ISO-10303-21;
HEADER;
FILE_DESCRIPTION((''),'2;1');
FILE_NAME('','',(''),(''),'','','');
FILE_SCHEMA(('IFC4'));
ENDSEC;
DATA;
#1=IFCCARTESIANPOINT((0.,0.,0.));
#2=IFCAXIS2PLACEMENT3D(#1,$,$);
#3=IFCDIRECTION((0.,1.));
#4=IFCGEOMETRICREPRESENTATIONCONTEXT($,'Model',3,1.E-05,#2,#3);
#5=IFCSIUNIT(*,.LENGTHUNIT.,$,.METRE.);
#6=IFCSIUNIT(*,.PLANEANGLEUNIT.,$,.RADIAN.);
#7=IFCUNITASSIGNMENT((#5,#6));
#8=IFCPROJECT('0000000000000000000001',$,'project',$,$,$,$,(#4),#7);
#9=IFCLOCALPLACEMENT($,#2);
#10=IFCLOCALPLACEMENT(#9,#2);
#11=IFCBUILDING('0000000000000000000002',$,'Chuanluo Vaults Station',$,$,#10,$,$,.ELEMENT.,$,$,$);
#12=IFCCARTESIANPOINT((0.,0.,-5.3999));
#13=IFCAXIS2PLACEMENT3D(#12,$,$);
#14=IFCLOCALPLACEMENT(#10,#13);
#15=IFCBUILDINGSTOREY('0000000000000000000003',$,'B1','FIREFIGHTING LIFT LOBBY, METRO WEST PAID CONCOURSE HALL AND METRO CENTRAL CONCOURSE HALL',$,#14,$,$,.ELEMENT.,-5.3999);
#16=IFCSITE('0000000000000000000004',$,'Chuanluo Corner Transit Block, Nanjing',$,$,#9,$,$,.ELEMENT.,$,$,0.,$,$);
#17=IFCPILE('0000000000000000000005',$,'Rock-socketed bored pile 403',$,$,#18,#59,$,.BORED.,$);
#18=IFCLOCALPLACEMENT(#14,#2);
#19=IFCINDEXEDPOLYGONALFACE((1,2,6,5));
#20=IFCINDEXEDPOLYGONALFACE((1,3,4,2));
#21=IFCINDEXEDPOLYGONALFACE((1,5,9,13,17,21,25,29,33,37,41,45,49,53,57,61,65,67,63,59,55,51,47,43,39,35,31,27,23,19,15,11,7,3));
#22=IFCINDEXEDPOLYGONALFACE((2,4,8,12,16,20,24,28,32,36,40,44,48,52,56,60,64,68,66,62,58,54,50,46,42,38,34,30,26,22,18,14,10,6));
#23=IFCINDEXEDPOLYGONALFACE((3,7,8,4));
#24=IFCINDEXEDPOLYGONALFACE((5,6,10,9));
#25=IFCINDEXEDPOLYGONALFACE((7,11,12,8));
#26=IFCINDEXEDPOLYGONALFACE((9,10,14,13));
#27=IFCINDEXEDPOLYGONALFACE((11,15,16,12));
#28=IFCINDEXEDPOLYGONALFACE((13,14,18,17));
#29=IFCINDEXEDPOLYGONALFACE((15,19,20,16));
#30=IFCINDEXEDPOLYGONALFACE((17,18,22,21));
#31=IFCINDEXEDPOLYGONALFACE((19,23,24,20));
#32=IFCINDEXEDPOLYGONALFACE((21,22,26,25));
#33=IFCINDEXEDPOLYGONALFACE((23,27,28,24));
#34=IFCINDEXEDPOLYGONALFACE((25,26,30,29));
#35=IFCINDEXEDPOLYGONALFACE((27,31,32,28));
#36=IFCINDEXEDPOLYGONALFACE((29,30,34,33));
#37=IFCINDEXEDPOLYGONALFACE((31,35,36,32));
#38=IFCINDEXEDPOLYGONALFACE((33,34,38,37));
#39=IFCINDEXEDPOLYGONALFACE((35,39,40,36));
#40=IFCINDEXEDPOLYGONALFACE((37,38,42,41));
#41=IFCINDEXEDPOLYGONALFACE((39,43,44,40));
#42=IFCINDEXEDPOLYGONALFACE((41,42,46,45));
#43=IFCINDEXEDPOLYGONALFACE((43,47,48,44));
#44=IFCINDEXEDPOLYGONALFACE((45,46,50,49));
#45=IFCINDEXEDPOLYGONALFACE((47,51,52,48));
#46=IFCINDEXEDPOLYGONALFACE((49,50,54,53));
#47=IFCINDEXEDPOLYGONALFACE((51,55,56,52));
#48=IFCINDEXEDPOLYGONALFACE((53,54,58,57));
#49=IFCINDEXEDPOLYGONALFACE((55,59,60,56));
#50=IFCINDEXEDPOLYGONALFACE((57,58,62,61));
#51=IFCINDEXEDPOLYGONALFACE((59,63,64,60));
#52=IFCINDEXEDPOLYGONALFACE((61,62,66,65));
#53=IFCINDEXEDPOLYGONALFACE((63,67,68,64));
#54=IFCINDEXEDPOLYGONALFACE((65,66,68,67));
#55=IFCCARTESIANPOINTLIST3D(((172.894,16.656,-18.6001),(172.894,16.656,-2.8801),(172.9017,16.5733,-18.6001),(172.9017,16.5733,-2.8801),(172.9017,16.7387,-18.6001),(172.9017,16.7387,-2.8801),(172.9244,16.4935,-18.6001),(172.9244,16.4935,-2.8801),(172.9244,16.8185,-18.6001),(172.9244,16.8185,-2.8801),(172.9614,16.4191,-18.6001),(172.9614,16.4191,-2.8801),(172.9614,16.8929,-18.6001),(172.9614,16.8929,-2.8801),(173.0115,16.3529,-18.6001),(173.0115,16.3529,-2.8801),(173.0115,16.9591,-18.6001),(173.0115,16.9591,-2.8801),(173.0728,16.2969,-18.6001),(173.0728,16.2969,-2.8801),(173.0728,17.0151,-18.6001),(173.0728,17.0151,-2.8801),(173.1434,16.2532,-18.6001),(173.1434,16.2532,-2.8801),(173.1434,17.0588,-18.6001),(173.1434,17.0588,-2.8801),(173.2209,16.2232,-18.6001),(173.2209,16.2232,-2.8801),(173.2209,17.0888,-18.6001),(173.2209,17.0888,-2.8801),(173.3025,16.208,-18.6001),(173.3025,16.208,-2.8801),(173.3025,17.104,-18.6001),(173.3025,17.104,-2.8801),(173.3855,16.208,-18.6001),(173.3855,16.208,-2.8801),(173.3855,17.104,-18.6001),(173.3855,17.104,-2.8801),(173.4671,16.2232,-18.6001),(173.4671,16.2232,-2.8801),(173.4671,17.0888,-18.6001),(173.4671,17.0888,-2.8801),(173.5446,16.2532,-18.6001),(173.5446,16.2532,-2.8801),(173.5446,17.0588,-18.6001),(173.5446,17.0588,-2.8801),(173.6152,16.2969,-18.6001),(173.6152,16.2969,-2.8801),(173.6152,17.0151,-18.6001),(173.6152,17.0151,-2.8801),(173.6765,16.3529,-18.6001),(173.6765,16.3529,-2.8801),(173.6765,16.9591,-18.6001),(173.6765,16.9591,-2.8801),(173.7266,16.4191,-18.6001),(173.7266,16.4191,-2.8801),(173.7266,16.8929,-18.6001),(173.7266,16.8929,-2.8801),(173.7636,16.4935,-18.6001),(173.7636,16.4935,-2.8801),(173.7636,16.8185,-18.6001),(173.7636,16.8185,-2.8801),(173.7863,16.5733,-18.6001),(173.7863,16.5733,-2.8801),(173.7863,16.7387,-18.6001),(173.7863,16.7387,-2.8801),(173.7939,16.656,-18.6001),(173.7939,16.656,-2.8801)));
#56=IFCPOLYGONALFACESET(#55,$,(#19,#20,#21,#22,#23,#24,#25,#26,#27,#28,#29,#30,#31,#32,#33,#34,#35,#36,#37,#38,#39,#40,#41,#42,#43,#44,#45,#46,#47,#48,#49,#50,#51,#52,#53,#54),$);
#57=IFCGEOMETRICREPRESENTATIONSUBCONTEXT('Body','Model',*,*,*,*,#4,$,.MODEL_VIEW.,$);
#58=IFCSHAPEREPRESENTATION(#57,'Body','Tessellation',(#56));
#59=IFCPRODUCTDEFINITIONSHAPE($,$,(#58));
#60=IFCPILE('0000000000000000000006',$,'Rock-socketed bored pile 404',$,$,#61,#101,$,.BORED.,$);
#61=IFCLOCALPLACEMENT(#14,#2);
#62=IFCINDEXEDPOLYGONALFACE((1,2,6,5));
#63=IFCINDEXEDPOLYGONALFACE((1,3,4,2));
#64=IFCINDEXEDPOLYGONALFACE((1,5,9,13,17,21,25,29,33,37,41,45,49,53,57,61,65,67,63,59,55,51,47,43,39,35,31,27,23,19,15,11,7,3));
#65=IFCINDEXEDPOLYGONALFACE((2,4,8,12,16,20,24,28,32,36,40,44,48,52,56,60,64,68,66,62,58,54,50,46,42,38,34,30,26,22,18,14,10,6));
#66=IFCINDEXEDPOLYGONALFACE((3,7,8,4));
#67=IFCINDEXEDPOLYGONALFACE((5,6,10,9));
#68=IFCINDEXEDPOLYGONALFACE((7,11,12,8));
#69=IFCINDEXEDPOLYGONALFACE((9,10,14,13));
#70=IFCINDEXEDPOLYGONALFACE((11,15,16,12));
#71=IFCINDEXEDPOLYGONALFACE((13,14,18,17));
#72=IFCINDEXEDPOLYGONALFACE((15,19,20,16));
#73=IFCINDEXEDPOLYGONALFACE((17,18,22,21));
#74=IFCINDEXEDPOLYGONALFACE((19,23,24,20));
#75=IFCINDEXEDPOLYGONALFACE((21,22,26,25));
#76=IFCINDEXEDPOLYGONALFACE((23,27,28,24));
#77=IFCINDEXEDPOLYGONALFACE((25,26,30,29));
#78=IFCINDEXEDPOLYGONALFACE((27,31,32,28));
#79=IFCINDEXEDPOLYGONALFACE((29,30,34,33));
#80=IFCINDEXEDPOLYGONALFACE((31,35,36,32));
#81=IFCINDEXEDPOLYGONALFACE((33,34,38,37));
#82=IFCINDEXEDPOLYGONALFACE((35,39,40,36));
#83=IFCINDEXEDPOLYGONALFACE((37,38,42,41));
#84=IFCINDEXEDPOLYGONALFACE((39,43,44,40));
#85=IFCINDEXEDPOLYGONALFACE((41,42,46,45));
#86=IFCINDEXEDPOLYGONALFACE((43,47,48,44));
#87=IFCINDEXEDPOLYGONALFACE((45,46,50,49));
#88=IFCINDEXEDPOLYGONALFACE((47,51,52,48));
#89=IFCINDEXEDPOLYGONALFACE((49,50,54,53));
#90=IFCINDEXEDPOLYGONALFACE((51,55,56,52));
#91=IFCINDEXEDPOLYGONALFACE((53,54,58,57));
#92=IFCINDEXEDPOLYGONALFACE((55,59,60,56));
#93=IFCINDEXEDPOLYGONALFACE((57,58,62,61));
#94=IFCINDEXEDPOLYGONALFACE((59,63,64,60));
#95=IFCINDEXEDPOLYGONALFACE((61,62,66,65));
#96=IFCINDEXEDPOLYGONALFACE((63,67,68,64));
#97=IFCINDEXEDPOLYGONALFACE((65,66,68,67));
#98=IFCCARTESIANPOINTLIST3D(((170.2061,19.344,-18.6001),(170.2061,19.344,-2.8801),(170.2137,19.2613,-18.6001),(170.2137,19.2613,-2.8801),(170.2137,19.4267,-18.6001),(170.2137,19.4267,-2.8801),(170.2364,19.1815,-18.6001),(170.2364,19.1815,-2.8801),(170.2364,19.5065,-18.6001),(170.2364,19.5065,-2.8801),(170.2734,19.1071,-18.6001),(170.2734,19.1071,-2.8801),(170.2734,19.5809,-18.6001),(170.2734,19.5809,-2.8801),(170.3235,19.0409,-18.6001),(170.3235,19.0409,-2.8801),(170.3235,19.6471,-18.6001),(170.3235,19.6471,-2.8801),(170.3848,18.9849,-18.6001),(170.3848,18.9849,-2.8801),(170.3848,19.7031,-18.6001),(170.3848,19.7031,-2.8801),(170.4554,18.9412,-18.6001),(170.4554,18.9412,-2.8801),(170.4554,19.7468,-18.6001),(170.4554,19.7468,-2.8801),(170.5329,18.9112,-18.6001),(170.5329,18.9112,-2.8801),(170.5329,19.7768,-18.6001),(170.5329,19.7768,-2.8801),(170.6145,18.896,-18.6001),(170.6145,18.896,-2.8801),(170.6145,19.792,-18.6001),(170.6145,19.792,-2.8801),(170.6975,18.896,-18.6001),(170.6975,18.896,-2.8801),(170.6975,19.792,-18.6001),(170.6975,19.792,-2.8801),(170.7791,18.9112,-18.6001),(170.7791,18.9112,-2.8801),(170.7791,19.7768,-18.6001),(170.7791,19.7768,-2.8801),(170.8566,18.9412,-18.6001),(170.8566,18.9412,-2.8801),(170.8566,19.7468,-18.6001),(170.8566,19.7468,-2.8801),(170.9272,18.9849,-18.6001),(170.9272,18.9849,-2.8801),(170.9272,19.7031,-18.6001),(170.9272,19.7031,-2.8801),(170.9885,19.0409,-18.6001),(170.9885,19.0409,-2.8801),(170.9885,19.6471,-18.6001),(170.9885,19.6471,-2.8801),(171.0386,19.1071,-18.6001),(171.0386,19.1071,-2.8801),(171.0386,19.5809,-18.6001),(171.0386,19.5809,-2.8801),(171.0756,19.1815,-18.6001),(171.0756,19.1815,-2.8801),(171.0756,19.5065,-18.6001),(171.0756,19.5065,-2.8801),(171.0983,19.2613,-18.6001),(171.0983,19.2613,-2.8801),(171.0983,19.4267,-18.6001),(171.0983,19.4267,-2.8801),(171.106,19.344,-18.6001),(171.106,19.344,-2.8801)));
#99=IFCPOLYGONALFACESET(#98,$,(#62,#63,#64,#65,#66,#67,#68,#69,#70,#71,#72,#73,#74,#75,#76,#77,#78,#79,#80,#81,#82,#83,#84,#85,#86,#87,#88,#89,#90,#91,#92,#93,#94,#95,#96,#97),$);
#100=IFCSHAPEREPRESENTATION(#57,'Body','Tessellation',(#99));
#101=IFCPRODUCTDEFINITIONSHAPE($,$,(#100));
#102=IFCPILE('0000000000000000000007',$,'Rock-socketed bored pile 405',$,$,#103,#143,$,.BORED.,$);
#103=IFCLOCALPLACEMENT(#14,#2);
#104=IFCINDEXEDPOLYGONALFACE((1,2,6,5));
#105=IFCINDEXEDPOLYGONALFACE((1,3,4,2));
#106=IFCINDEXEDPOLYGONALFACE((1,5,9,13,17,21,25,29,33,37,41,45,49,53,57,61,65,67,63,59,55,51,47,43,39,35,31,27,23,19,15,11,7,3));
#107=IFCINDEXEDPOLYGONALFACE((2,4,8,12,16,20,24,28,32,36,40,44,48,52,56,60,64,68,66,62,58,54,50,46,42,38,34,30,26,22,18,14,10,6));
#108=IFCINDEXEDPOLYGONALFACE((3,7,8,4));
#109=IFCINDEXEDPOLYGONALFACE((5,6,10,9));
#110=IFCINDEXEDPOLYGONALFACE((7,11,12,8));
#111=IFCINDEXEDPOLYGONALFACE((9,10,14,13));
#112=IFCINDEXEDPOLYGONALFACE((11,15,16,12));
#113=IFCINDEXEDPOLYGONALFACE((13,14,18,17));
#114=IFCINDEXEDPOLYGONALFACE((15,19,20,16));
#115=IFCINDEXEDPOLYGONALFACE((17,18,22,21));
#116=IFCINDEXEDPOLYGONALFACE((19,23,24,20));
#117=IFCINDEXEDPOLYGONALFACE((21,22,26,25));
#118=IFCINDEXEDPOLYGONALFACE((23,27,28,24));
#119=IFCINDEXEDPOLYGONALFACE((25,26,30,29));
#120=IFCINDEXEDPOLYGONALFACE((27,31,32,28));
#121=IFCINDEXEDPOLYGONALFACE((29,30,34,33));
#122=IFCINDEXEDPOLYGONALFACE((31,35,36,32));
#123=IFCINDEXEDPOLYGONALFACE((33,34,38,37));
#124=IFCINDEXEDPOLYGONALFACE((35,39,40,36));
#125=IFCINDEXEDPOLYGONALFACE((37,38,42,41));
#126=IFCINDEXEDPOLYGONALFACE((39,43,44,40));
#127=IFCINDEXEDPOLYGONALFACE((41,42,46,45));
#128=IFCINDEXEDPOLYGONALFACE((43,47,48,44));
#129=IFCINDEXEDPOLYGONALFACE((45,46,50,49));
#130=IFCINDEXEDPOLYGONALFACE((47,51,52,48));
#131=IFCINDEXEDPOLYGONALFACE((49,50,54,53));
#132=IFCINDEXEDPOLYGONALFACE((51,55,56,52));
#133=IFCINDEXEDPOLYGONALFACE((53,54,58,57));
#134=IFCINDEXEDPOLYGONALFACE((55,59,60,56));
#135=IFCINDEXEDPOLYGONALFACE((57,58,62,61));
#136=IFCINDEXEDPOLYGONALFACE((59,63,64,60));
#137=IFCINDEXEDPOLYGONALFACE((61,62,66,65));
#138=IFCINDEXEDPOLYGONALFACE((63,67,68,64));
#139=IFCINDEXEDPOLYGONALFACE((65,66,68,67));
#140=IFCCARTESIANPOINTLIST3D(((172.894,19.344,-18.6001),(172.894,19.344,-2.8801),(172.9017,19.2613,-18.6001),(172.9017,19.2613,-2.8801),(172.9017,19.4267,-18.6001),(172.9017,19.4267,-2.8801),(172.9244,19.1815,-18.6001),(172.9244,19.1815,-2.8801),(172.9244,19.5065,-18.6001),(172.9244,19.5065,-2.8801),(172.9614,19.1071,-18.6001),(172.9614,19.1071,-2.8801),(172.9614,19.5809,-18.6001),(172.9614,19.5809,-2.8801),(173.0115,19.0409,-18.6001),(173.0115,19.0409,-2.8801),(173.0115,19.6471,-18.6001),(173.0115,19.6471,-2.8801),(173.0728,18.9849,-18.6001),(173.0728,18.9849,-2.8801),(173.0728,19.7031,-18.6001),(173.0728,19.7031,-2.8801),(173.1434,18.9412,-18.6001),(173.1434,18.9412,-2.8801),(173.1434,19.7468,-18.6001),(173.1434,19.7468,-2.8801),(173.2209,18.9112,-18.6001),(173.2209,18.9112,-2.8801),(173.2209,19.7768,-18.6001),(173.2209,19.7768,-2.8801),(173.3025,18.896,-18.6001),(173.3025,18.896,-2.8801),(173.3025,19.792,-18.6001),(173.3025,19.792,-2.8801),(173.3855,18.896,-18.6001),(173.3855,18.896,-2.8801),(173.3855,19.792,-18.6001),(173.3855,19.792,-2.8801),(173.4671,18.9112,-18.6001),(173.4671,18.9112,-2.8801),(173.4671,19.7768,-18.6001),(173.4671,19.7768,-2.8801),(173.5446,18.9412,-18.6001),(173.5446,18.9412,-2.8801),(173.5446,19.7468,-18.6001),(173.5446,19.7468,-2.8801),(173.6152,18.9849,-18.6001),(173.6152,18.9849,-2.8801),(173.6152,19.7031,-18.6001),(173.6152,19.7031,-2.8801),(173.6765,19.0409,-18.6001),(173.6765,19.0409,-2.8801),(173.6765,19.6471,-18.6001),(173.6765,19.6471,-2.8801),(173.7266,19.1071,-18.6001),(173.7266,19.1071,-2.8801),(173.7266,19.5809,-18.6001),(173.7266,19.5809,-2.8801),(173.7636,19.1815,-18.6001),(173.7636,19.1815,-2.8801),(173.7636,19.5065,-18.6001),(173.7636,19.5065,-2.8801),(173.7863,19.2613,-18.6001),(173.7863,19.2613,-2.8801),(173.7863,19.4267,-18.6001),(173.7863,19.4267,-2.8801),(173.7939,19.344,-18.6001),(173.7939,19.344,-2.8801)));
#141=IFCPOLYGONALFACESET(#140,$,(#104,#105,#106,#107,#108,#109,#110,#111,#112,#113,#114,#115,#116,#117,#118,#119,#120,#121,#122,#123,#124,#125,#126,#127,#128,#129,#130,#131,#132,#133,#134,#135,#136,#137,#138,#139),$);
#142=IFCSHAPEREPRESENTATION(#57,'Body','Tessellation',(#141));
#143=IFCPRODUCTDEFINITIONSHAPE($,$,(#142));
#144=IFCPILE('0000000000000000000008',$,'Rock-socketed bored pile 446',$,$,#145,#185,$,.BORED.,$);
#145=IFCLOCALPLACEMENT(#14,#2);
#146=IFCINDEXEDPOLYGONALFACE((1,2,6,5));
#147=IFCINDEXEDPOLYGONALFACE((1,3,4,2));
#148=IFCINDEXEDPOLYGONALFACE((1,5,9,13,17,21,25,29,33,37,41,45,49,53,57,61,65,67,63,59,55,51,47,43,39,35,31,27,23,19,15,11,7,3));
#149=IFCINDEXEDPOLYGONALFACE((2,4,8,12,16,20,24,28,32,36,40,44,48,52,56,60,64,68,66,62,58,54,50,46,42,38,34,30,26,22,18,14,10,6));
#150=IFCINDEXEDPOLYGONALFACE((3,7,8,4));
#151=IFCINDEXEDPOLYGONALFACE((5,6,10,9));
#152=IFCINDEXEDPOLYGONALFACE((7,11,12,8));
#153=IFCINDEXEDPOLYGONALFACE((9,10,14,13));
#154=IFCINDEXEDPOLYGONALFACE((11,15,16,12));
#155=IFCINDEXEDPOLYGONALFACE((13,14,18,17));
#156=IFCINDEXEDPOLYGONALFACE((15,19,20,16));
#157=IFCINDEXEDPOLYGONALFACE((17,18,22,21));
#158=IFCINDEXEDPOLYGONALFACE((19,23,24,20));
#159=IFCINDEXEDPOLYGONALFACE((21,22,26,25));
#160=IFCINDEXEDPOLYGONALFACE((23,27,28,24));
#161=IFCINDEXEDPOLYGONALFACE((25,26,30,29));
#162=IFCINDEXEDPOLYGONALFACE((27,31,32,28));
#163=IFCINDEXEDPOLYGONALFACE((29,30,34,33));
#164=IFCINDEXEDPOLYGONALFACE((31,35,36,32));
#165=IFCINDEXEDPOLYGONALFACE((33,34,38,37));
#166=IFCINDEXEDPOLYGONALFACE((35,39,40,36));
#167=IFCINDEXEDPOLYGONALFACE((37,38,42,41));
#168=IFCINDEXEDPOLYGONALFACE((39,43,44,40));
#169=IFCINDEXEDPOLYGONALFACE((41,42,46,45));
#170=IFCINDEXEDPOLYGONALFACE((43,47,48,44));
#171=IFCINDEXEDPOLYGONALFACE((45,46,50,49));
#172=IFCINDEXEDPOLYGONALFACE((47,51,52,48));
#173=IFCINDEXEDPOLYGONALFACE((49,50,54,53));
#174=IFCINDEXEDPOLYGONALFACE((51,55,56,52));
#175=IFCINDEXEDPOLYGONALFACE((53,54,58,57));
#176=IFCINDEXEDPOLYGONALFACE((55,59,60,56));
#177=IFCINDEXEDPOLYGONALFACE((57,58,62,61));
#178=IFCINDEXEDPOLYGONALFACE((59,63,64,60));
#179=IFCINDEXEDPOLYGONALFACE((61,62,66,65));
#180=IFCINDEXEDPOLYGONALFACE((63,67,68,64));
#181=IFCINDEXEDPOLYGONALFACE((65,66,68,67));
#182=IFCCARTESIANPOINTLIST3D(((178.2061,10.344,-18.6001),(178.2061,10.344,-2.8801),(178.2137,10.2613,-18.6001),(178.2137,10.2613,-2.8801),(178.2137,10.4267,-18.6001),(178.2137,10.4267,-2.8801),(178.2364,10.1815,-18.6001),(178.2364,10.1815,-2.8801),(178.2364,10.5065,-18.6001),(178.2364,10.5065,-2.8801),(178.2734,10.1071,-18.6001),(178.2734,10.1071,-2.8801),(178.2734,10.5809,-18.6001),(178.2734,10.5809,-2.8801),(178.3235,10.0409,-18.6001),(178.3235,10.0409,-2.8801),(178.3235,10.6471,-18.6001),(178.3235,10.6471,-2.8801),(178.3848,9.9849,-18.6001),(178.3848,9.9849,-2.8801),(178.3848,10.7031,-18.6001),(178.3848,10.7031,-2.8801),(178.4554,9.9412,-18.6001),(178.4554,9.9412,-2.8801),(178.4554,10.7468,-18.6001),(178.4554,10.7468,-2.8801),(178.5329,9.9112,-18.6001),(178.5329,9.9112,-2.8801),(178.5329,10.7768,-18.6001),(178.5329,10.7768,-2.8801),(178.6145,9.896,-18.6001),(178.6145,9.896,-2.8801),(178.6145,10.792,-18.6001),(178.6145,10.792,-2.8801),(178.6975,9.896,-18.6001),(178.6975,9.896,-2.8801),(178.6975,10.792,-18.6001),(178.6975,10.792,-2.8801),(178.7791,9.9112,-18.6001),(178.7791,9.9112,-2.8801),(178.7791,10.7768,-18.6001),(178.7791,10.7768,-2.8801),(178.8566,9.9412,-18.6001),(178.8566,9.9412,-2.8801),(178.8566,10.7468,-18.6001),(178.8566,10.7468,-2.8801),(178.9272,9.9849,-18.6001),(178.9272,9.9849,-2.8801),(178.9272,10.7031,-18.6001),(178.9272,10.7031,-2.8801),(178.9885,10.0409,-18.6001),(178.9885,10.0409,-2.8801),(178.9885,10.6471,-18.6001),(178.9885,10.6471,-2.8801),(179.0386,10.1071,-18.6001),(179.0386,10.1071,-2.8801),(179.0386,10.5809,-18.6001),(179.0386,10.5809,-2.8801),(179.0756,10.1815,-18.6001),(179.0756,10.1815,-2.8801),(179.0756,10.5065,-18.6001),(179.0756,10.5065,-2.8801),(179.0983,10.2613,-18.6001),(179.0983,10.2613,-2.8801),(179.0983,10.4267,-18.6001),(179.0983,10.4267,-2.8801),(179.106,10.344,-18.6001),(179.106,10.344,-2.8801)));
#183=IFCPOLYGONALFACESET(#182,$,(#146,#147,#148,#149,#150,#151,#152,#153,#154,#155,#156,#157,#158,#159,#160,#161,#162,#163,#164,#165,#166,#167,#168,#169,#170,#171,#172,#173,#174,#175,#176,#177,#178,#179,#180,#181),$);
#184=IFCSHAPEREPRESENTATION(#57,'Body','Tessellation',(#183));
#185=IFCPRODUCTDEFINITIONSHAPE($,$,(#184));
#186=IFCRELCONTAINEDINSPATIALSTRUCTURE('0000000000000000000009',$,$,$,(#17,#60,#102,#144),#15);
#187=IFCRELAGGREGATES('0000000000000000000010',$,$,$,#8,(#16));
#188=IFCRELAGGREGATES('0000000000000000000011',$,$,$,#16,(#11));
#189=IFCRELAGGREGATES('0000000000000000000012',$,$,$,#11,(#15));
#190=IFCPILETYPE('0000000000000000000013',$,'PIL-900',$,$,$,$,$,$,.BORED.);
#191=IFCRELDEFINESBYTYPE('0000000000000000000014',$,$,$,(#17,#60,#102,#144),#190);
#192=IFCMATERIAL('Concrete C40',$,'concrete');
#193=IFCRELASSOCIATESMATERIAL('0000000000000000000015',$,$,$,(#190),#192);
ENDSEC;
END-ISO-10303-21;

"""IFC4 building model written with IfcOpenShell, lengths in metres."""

from ifc_helpers import new_model, si_unit, direction, frame, origin, origin_2d, place, context, subcontext, project, spatial, circle, extrude, material, material_profile, profile_set, type_object, element, save


model = new_model("IFC4")

# Units and contexts
model_context = context("Model", 3, precision=1e-05, world=origin(), true_north=direction((0.0, 1.0)))
body_context = subcontext(model_context, "Body", "Model", "MODEL_VIEW")
ifc_project = project(units=[si_unit("LENGTHUNIT", "METRE"), si_unit("PLANEANGLEUNIT", "RADIAN")], contexts=[model_context])

# Site, building, storey
site_placement = place(None, origin())
site = spatial("IfcSite", under=ifc_project, at=site_placement, Name="Chuanluo Corner Transit Block, Nanjing", CompositionType="ELEMENT", RefElevation=0.0)
building_placement = place(site_placement, origin())
building = spatial("IfcBuilding", under=site, at=building_placement, Name="Chuanluo Vaults Station", CompositionType="ELEMENT")
storey_placement = place(building_placement, frame((0.0, 0.0, -5.3999)))
storey = spatial("IfcBuildingStorey", under=building, at=storey_placement, Name="B1", Description="FIREFIGHTING LIFT LOBBY, METRO WEST PAID CONCOURSE HALL AND METRO CENTRAL CONCOURSE HALL", CompositionType="ELEMENT", Elevation=-5.3999)

# Piles
ifc_material_1 = material(Name="Concrete C40", Category="concrete")
ifc_material_profile_1 = material_profile(ifc_material_1, circle(Radius=0.45, at=origin_2d()))
ifc_profile_set_1 = profile_set([ifc_material_profile_1], Name="Concrete C40")
pile_type_1 = type_object("IfcPileType", Name="PIL-900", PredefinedType="BORED", material=ifc_profile_set_1)
for number, where, z_axis, x_axis, name in (
    (1, (173.344, 16.656, -2.8801), (0.0, 0.0, -1.0), (1.0, 0.0, 0.0), "Rock-socketed bored pile 403"),
    (2, (170.656, 19.344, -2.8801), (0.0, 0.0, -1.0), (1.0, 0.0, 0.0), "Rock-socketed bored pile 404"),
    (3, (173.344, 19.344, -2.8801), (0.0, 0.0, -1.0), (1.0, 0.0, 0.0), "Rock-socketed bored pile 405"),
    (4, (178.656, 10.344, -2.8801), (0.0, 0.0, -1.0), (1.0, 0.0, 0.0), "Rock-socketed bored pile 446"),
):
    element("IfcPile", number, at=place(storey_placement, frame(where, z_axis=z_axis, x_axis=x_axis)), inside=storey, type_object=pile_type_1, Name=name, PredefinedType="BORED", context=body_context, shape_type="SweptSolid", body=[
        extrude(circle(Radius=0.45, at=origin_2d()), origin(), (0.0, 0.0, 1.0), 15.72),
    ])

save(model, "model.ifc")
